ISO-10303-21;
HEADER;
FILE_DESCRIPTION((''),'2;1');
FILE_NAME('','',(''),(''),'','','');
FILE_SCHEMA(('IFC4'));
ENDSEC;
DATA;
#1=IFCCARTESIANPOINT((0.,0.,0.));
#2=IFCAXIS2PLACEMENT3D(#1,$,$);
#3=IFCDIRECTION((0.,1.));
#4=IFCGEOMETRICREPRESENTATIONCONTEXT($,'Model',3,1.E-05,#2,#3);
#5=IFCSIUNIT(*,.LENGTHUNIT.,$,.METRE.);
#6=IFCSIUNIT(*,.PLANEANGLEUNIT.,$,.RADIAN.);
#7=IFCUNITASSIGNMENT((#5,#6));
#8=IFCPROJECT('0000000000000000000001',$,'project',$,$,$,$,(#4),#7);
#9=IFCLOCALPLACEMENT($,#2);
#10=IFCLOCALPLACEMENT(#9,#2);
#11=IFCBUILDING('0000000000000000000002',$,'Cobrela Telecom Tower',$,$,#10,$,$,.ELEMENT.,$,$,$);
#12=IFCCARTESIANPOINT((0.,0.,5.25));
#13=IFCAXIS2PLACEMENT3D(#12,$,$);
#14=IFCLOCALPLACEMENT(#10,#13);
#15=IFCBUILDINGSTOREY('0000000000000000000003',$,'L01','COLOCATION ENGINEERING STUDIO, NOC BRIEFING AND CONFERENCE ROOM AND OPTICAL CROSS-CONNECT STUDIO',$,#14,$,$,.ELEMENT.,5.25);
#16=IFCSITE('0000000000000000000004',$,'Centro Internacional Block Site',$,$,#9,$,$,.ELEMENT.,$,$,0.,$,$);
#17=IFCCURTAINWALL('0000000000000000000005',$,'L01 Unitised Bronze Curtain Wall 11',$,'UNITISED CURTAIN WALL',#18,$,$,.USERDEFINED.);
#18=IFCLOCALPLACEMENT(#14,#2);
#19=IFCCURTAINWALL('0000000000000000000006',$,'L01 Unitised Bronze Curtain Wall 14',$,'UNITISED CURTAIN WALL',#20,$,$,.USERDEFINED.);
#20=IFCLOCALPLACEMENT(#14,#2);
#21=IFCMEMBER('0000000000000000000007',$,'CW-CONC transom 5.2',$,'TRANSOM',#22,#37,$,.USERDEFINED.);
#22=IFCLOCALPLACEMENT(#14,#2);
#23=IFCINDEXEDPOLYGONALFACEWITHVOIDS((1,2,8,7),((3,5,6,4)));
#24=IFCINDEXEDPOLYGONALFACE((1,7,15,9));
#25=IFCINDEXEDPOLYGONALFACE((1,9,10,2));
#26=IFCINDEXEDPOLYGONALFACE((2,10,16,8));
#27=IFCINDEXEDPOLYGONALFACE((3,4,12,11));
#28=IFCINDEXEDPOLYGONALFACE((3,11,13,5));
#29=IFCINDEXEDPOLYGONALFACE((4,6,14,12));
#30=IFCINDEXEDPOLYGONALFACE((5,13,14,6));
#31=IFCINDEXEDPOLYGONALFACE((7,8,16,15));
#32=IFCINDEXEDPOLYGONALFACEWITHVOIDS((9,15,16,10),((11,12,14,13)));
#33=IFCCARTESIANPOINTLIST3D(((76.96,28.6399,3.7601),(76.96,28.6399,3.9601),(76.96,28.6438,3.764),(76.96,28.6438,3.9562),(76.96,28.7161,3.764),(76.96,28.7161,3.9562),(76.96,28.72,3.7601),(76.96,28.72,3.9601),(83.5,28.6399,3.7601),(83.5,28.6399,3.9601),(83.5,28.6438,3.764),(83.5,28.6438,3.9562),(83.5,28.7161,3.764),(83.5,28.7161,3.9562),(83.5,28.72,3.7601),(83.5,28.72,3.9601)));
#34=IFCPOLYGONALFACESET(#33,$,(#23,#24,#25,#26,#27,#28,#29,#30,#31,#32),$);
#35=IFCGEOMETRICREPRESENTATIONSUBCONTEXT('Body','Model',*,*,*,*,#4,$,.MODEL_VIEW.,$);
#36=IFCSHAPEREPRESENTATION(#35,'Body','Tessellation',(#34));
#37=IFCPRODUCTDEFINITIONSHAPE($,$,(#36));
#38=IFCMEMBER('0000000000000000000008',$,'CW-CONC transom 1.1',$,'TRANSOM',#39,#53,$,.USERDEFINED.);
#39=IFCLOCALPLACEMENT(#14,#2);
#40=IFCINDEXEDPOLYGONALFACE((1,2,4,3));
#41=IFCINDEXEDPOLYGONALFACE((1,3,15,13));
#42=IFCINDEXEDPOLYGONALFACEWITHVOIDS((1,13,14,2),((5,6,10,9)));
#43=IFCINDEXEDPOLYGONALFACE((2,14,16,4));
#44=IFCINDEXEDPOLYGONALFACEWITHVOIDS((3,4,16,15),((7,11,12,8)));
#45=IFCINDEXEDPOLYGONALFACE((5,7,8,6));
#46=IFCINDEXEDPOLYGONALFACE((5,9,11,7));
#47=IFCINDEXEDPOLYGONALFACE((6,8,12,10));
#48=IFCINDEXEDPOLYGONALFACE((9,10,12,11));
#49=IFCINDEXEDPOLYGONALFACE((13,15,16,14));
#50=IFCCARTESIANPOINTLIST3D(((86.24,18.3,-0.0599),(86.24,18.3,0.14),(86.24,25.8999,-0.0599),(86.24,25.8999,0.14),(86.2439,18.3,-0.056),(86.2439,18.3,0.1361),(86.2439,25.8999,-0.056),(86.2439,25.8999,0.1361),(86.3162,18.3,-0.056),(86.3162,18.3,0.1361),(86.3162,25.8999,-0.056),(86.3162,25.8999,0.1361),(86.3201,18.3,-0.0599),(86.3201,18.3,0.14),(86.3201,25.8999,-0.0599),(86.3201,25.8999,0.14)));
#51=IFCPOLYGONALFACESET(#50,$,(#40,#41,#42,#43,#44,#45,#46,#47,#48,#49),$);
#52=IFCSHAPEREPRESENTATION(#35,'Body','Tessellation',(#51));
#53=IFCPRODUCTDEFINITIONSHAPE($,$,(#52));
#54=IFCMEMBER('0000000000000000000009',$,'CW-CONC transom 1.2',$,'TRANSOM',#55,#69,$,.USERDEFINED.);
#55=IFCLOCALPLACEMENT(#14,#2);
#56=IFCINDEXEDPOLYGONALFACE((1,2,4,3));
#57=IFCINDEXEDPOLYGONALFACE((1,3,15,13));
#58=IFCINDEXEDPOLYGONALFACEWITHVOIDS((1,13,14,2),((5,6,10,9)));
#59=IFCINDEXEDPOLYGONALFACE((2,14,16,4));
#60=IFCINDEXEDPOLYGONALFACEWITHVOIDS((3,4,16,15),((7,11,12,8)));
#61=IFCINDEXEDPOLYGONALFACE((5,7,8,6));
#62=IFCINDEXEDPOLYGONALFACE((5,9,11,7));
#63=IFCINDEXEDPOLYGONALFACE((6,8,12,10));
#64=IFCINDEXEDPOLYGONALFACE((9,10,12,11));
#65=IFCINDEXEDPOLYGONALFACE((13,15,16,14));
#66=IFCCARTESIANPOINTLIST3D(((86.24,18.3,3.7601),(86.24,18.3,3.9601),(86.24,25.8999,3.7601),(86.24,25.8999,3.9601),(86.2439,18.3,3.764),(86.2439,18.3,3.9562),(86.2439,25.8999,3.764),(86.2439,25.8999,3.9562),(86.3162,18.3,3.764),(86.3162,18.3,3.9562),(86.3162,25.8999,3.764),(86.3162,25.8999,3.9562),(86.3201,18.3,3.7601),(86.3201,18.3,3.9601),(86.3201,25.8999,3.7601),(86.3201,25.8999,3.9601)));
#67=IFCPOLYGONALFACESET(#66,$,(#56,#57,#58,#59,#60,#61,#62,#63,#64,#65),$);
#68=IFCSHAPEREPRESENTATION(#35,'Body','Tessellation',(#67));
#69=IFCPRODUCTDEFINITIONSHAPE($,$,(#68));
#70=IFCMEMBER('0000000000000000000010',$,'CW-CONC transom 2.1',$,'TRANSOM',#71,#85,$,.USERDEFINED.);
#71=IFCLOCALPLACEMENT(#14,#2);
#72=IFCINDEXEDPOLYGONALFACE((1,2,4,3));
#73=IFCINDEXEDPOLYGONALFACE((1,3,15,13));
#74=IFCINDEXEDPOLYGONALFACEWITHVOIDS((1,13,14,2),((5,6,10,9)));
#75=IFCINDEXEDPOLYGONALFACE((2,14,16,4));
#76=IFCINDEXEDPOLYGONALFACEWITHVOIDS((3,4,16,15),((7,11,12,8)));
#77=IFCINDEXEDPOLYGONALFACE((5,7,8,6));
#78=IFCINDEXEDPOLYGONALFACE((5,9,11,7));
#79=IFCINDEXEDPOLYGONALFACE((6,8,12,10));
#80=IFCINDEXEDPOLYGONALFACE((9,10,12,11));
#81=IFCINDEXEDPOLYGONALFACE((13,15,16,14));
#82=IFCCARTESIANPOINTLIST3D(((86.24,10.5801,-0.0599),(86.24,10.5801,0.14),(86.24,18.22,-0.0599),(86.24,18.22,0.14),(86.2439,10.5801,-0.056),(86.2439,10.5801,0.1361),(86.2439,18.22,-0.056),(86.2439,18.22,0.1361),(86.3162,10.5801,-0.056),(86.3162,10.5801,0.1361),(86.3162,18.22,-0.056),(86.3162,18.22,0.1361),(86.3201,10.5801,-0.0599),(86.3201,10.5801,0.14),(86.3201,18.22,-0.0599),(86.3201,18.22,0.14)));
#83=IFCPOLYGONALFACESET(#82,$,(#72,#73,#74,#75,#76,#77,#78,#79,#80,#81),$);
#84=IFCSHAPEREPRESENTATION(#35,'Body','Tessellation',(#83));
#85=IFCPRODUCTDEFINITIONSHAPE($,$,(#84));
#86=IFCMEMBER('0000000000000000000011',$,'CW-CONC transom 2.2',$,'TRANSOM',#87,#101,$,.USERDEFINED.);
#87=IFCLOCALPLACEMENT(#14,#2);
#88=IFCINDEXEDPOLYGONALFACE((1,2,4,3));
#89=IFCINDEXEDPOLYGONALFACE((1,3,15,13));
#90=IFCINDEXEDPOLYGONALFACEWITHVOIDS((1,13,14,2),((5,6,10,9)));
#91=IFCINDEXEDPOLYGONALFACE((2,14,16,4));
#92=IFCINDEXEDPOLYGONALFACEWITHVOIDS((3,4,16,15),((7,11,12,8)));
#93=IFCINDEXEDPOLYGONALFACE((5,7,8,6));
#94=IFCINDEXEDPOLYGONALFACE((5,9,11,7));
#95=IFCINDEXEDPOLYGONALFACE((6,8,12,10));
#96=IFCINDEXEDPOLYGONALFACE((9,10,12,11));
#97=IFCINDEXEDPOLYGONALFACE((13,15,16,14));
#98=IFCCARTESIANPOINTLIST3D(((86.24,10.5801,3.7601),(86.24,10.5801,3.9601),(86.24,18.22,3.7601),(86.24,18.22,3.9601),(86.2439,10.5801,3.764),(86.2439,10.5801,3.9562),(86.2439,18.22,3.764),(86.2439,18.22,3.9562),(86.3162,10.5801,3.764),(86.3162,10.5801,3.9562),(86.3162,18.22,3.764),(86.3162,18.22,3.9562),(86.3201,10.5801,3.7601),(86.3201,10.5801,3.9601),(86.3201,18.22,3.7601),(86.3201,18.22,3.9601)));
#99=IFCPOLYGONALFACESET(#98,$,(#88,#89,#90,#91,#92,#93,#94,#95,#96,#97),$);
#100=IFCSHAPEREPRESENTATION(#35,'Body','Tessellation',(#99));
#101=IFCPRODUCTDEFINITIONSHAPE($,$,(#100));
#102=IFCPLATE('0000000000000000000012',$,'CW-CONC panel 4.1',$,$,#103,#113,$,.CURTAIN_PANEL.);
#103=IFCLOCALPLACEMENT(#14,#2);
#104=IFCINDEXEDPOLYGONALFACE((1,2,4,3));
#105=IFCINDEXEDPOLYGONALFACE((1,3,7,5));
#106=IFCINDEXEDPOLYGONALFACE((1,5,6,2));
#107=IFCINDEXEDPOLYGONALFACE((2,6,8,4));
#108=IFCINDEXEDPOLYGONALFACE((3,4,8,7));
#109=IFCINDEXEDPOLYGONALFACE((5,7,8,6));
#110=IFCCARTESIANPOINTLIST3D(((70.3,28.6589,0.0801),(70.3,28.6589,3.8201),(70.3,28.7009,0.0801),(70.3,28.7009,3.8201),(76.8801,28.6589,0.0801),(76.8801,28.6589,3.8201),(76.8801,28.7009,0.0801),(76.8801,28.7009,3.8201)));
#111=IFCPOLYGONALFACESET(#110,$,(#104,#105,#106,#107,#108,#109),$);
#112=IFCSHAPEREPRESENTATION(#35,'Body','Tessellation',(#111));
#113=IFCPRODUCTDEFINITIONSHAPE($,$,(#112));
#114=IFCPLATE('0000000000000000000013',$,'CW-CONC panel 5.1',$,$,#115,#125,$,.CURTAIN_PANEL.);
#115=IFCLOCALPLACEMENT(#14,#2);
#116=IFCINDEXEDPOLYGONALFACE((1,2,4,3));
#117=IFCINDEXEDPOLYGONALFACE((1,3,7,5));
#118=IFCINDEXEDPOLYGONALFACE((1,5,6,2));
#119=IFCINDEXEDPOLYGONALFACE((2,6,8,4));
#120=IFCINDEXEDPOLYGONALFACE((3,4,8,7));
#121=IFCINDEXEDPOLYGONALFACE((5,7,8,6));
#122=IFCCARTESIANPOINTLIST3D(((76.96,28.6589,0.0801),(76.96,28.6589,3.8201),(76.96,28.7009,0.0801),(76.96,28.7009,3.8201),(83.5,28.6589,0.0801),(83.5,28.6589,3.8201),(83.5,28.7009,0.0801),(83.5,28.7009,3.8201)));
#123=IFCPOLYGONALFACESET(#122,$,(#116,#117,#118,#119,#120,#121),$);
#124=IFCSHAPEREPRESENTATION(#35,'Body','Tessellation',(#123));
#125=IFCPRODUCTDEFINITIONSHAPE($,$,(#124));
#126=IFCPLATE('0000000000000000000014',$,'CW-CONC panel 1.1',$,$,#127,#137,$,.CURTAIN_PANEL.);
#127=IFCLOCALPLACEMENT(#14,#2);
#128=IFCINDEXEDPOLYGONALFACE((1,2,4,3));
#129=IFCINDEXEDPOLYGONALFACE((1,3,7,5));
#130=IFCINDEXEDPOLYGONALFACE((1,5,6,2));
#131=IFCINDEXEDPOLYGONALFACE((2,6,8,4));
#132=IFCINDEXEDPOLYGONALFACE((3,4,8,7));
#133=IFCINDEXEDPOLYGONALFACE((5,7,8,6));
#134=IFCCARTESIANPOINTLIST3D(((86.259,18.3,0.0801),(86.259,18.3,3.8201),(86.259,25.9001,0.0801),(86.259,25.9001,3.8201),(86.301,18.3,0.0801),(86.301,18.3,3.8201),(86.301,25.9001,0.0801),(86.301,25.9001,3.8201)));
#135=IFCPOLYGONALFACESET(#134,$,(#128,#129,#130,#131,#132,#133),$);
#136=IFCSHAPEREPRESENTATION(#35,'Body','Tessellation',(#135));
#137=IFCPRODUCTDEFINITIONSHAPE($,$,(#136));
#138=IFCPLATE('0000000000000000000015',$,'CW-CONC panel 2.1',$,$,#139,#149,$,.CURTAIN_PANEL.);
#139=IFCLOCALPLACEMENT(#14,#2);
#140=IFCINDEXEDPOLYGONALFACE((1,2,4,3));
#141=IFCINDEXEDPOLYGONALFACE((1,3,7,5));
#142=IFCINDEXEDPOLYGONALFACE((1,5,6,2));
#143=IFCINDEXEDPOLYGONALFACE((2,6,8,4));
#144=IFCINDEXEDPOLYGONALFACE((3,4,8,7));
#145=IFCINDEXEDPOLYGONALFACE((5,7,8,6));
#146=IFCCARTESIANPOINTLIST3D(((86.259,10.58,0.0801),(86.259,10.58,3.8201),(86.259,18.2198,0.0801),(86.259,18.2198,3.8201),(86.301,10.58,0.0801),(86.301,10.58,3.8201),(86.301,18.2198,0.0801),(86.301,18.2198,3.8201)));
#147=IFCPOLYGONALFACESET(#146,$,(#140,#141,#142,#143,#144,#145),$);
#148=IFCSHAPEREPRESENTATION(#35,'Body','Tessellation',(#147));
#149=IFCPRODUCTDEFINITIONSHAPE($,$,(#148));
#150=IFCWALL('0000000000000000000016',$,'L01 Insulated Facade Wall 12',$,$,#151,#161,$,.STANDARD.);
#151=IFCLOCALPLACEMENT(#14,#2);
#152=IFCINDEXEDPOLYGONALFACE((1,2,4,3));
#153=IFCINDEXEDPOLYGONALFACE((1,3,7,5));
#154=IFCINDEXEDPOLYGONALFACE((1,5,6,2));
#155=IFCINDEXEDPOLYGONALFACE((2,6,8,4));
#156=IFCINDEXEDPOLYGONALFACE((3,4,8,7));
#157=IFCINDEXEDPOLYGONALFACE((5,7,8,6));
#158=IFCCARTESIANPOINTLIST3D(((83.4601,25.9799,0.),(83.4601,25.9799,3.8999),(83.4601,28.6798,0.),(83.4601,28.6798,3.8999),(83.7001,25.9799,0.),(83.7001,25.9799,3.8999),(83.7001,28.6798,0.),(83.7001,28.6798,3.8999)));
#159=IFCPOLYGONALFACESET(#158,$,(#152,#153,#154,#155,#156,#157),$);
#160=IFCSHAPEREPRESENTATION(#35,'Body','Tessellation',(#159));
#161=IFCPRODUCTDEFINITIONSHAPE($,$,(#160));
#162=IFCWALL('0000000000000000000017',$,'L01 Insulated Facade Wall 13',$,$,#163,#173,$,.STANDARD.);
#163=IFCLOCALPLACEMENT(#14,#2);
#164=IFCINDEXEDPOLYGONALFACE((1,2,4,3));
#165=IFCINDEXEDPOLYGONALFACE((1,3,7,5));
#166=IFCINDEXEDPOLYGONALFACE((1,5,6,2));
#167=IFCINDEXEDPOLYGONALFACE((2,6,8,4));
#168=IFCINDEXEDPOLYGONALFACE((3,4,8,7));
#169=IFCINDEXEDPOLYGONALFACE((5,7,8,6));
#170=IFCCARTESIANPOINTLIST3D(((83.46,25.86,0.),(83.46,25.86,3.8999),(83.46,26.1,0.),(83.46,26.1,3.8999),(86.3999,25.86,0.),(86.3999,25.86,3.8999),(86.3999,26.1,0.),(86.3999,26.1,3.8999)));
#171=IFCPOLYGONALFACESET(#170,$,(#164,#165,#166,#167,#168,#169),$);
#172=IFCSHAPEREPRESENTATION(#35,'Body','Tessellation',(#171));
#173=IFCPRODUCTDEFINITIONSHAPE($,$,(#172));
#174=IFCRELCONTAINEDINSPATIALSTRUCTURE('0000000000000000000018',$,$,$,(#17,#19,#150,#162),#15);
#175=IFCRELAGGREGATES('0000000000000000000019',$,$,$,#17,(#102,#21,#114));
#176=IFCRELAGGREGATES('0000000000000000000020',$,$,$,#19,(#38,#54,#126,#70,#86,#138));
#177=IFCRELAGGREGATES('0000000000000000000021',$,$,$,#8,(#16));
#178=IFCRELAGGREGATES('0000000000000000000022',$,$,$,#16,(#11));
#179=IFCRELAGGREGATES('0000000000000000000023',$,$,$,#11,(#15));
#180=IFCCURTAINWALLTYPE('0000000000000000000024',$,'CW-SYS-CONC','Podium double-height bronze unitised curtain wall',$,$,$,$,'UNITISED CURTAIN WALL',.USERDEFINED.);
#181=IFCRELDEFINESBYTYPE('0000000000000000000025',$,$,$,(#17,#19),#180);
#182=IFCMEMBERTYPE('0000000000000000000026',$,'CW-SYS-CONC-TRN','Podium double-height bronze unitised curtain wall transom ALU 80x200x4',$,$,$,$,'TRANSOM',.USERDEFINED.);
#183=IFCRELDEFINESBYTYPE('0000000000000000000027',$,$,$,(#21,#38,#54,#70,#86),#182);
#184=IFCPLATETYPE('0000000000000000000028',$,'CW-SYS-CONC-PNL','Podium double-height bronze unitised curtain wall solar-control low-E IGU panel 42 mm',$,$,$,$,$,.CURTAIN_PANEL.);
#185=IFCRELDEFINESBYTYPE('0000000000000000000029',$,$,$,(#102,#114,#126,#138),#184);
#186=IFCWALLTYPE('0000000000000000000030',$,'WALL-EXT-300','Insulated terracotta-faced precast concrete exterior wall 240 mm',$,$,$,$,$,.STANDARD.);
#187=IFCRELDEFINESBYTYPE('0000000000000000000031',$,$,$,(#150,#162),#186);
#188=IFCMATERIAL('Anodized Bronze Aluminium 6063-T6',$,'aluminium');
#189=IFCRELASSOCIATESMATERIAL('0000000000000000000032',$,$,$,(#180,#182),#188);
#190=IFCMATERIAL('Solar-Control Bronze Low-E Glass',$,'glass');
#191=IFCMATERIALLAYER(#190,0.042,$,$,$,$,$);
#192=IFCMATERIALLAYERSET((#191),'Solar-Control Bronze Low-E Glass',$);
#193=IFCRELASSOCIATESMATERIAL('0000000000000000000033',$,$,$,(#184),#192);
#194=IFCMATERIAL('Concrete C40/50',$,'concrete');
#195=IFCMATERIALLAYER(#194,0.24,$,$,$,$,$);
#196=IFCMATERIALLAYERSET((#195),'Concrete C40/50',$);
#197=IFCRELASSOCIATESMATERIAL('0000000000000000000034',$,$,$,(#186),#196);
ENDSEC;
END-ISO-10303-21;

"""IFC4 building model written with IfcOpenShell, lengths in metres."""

from ifc_helpers import new_model, si_unit, direction, frame, frame_2d, origin, origin_2d, place, context, subcontext, project, spatial, rectangle, hollow_rectangle, extrude, material, layer, layer_set, material_profile, profile_set, type_object, element, aggregate, save


model = new_model("IFC4")

# Units and contexts
model_context = context("Model", 3, precision=1e-05, world=origin(), true_north=direction((0.0, 1.0)))
body_context = subcontext(model_context, "Body", "Model", "MODEL_VIEW")
ifc_project = project(units=[si_unit("LENGTHUNIT", "METRE"), si_unit("PLANEANGLEUNIT", "RADIAN")], contexts=[model_context])

# Site, building, storey
site_placement = place(None, origin())
site = spatial("IfcSite", under=ifc_project, at=site_placement, Name="Centro Internacional Block Site", CompositionType="ELEMENT", RefElevation=0.0)
building_placement = place(site_placement, origin())
building = spatial("IfcBuilding", under=site, at=building_placement, Name="Cobrela Telecom Tower", CompositionType="ELEMENT")
storey_placement = place(building_placement, frame((0.0, 0.0, 5.25)))
storey = spatial("IfcBuildingStorey", under=building, at=storey_placement, Name="L01", Description="COLOCATION ENGINEERING STUDIO, NOC BRIEFING AND CONFERENCE ROOM AND OPTICAL CROSS-CONNECT STUDIO", CompositionType="ELEMENT", Elevation=5.25)

# Shared definitions
ifc_material_1 = material(Name="Concrete C40/50", Category="concrete")

# Curtain walls
ifc_material_2 = material(Name="Anodized Bronze Aluminium 6063-T6", Category="aluminium")
curtain_wall_type = type_object("IfcCurtainWallType", Name="CW-SYS-CONC", Description="Podium double-height bronze unitised curtain wall", ElementType="UNITISED CURTAIN WALL", PredefinedType="USERDEFINED", material=ifc_material_2)
curtain_wall_1_placement = place(storey_placement, origin())
curtain_wall_1 = element("IfcCurtainWall", 1, at=curtain_wall_1_placement, inside=storey, type_object=curtain_wall_type, Name="L01 Unitised Bronze Curtain Wall 11", ObjectType="UNITISED CURTAIN WALL", PredefinedType="USERDEFINED")
curtain_wall_2_placement = place(storey_placement, origin())
curtain_wall_2 = element("IfcCurtainWall", 2, at=curtain_wall_2_placement, inside=storey, type_object=curtain_wall_type, Name="L01 Unitised Bronze Curtain Wall 14", ObjectType="UNITISED CURTAIN WALL", PredefinedType="USERDEFINED")

# Members
ifc_material_profile_1 = material_profile(ifc_material_2, hollow_rectangle(XDim=0.0801, YDim=0.2, WallThickness=0.0039, at=origin_2d()), Name="ALU 80x200x4")
ifc_profile_set_1 = profile_set([ifc_material_profile_1], Name="Anodized Bronze Aluminium 6063-T6")
member_type_1 = type_object("IfcMemberType", Name="CW-SYS-CONC-TRN", Description="Podium double-height bronze unitised curtain wall transom ALU 80x200x4", ElementType="TRANSOM", PredefinedType="USERDEFINED", material=ifc_profile_set_1)
member_1_placement = place(storey_placement, frame((76.96, 28.6799, 3.8601), z_axis=(1.0, 0.0, 0.0), x_axis=(0.0, 1.0, 0.0)))
member_1 = element("IfcMember", 3, at=member_1_placement, type_object=member_type_1, Name="CW-CONC transom 5.2", ObjectType="TRANSOM", PredefinedType="USERDEFINED", context=body_context, shape_type="SweptSolid", body=[
    extrude(hollow_rectangle(XDim=0.0801, YDim=0.2, WallThickness=0.0039, at=origin_2d()), origin(), (0.0, 0.0, 1.0), 6.54),
])
member_2_placement = place(storey_placement, frame((86.28, 25.8999, 0.04), z_axis=(0.0, -1.0, 0.0), x_axis=(1.0, 0.0, 0.0)))
member_2 = element("IfcMember", 4, at=member_2_placement, type_object=member_type_1, Name="CW-CONC transom 1.1", ObjectType="TRANSOM", PredefinedType="USERDEFINED", context=body_context, shape_type="SweptSolid", body=[
    extrude(hollow_rectangle(XDim=0.0801, YDim=0.2, WallThickness=0.0039, at=origin_2d()), origin(), (0.0, 0.0, 1.0), 7.5999),
])
member_3_placement = place(storey_placement, frame((86.28, 25.8999, 3.8601), z_axis=(0.0, -1.0, 0.0), x_axis=(1.0, 0.0, 0.0)))
member_3 = element("IfcMember", 5, at=member_3_placement, type_object=member_type_1, Name="CW-CONC transom 1.2", ObjectType="TRANSOM", PredefinedType="USERDEFINED", context=body_context, shape_type="SweptSolid", body=[
    extrude(hollow_rectangle(XDim=0.0801, YDim=0.2, WallThickness=0.0039, at=origin_2d()), origin(), (0.0, 0.0, 1.0), 7.5999),
])
member_4_placement = place(storey_placement, frame((86.28, 18.22, 0.04), z_axis=(0.0, -1.0, 0.0), x_axis=(1.0, 0.0, 0.0)))
member_4 = element("IfcMember", 6, at=member_4_placement, type_object=member_type_1, Name="CW-CONC transom 2.1", ObjectType="TRANSOM", PredefinedType="USERDEFINED", context=body_context, shape_type="SweptSolid", body=[
    extrude(hollow_rectangle(XDim=0.0801, YDim=0.2, WallThickness=0.0039, at=origin_2d()), origin(), (0.0, 0.0, 1.0), 7.6399),
])
member_5_placement = place(storey_placement, frame((86.28, 18.22, 3.8601), z_axis=(0.0, -1.0, 0.0), x_axis=(1.0, 0.0, 0.0)))
member_5 = element("IfcMember", 7, at=member_5_placement, type_object=member_type_1, Name="CW-CONC transom 2.2", ObjectType="TRANSOM", PredefinedType="USERDEFINED", context=body_context, shape_type="SweptSolid", body=[
    extrude(hollow_rectangle(XDim=0.0801, YDim=0.2, WallThickness=0.0039, at=origin_2d()), origin(), (0.0, 0.0, 1.0), 7.6399),
])

# Plates
ifc_material_3 = material(Name="Solar-Control Bronze Low-E Glass", Category="glass")
ifc_layer_1 = layer(ifc_material_3, 0.042)
ifc_layer_set_1 = layer_set([ifc_layer_1], Name="Solar-Control Bronze Low-E Glass")
plate_type = type_object("IfcPlateType", Name="CW-SYS-CONC-PNL", Description="Podium double-height bronze unitised curtain wall solar-control low-E IGU panel 42 mm", PredefinedType="CURTAIN_PANEL", material=ifc_layer_set_1)
plate_1_placement = place(storey_placement, frame((73.5901, 28.6799, 0.0801), z_axis=(0.0, 0.0, 1.0), x_axis=(1.0, 0.0, 0.0)))
plate_1 = element("IfcPlate", 8, at=plate_1_placement, type_object=plate_type, Name="CW-CONC panel 4.1", PredefinedType="CURTAIN_PANEL", context=body_context, shape_type="SweptSolid", body=[
    extrude(rectangle(XDim=6.5801, YDim=0.042, at=origin_2d()), origin(), (0.0, 0.0, 1.0), 3.74),
])
plate_2_placement = place(storey_placement, frame((80.23, 28.6799, 0.0801), z_axis=(0.0, 0.0, 1.0), x_axis=(1.0, 0.0, 0.0)))
plate_2 = element("IfcPlate", 9, at=plate_2_placement, type_object=plate_type, Name="CW-CONC panel 5.1", PredefinedType="CURTAIN_PANEL", context=body_context, shape_type="SweptSolid", body=[
    extrude(rectangle(XDim=6.54, YDim=0.042, at=origin_2d()), origin(), (0.0, 0.0, 1.0), 3.74),
])
aggregate(curtain_wall_1, [plate_1, member_1, plate_2])
plate_3_placement = place(storey_placement, frame((86.28, 22.1001, 0.0801), z_axis=(0.0, 0.0, 1.0), x_axis=(0.0, -1.0, 0.0)))
plate_3 = element("IfcPlate", 10, at=plate_3_placement, type_object=plate_type, Name="CW-CONC panel 1.1", PredefinedType="CURTAIN_PANEL", context=body_context, shape_type="SweptSolid", body=[
    extrude(rectangle(XDim=7.6001, YDim=0.042, at=origin_2d()), origin(), (0.0, 0.0, 1.0), 3.74),
])
plate_4_placement = place(storey_placement, frame((86.28, 14.3999, 0.0801), z_axis=(0.0, 0.0, 1.0), x_axis=(0.0, -1.0, 0.0)))
plate_4 = element("IfcPlate", 11, at=plate_4_placement, type_object=plate_type, Name="CW-CONC panel 2.1", PredefinedType="CURTAIN_PANEL", context=body_context, shape_type="SweptSolid", body=[
    extrude(rectangle(XDim=7.6399, YDim=0.042, at=origin_2d()), origin(), (0.0, 0.0, 1.0), 3.74),
])
aggregate(curtain_wall_2, [member_2, member_3, plate_3, member_4, member_5, plate_4])

# Walls
ifc_layer_2 = layer(ifc_material_1, 0.24)
ifc_layer_set_2 = layer_set([ifc_layer_2], Name="Concrete C40/50")
wall_type = type_object("IfcWallType", Name="WALL-EXT-300", Description="Insulated terracotta-faced precast concrete exterior wall 240 mm", PredefinedType="STANDARD", material=ifc_layer_set_2)
wall_1_placement = place(storey_placement, frame((83.5801, 28.6799, 0.0), z_axis=(0.0, 0.0, 1.0), x_axis=(0.0, -1.0, 0.0)))
element("IfcWall", 12, at=wall_1_placement, inside=storey, type_object=wall_type, Name="L01 Insulated Facade Wall 12", PredefinedType="STANDARD", context=body_context, shape_type="SweptSolid", body=[
    extrude(rectangle(XDim=2.7, YDim=0.24, at=frame_2d((1.3501, 0.0))), origin(), (0.0, 0.0, 1.0), 3.8999),
])
wall_2_placement = place(storey_placement, frame((83.46, 25.98, 0.0), z_axis=(0.0, 0.0, 1.0), x_axis=(1.0, 0.0, 0.0)))
element("IfcWall", 13, at=wall_2_placement, inside=storey, type_object=wall_type, Name="L01 Insulated Facade Wall 13", PredefinedType="STANDARD", context=body_context, shape_type="SweptSolid", body=[
    extrude(rectangle(XDim=2.9399, YDim=0.24, at=frame_2d((1.47, 0.0))), origin(), (0.0, 0.0, 1.0), 3.8999),
])

save(model, "model.ifc")
